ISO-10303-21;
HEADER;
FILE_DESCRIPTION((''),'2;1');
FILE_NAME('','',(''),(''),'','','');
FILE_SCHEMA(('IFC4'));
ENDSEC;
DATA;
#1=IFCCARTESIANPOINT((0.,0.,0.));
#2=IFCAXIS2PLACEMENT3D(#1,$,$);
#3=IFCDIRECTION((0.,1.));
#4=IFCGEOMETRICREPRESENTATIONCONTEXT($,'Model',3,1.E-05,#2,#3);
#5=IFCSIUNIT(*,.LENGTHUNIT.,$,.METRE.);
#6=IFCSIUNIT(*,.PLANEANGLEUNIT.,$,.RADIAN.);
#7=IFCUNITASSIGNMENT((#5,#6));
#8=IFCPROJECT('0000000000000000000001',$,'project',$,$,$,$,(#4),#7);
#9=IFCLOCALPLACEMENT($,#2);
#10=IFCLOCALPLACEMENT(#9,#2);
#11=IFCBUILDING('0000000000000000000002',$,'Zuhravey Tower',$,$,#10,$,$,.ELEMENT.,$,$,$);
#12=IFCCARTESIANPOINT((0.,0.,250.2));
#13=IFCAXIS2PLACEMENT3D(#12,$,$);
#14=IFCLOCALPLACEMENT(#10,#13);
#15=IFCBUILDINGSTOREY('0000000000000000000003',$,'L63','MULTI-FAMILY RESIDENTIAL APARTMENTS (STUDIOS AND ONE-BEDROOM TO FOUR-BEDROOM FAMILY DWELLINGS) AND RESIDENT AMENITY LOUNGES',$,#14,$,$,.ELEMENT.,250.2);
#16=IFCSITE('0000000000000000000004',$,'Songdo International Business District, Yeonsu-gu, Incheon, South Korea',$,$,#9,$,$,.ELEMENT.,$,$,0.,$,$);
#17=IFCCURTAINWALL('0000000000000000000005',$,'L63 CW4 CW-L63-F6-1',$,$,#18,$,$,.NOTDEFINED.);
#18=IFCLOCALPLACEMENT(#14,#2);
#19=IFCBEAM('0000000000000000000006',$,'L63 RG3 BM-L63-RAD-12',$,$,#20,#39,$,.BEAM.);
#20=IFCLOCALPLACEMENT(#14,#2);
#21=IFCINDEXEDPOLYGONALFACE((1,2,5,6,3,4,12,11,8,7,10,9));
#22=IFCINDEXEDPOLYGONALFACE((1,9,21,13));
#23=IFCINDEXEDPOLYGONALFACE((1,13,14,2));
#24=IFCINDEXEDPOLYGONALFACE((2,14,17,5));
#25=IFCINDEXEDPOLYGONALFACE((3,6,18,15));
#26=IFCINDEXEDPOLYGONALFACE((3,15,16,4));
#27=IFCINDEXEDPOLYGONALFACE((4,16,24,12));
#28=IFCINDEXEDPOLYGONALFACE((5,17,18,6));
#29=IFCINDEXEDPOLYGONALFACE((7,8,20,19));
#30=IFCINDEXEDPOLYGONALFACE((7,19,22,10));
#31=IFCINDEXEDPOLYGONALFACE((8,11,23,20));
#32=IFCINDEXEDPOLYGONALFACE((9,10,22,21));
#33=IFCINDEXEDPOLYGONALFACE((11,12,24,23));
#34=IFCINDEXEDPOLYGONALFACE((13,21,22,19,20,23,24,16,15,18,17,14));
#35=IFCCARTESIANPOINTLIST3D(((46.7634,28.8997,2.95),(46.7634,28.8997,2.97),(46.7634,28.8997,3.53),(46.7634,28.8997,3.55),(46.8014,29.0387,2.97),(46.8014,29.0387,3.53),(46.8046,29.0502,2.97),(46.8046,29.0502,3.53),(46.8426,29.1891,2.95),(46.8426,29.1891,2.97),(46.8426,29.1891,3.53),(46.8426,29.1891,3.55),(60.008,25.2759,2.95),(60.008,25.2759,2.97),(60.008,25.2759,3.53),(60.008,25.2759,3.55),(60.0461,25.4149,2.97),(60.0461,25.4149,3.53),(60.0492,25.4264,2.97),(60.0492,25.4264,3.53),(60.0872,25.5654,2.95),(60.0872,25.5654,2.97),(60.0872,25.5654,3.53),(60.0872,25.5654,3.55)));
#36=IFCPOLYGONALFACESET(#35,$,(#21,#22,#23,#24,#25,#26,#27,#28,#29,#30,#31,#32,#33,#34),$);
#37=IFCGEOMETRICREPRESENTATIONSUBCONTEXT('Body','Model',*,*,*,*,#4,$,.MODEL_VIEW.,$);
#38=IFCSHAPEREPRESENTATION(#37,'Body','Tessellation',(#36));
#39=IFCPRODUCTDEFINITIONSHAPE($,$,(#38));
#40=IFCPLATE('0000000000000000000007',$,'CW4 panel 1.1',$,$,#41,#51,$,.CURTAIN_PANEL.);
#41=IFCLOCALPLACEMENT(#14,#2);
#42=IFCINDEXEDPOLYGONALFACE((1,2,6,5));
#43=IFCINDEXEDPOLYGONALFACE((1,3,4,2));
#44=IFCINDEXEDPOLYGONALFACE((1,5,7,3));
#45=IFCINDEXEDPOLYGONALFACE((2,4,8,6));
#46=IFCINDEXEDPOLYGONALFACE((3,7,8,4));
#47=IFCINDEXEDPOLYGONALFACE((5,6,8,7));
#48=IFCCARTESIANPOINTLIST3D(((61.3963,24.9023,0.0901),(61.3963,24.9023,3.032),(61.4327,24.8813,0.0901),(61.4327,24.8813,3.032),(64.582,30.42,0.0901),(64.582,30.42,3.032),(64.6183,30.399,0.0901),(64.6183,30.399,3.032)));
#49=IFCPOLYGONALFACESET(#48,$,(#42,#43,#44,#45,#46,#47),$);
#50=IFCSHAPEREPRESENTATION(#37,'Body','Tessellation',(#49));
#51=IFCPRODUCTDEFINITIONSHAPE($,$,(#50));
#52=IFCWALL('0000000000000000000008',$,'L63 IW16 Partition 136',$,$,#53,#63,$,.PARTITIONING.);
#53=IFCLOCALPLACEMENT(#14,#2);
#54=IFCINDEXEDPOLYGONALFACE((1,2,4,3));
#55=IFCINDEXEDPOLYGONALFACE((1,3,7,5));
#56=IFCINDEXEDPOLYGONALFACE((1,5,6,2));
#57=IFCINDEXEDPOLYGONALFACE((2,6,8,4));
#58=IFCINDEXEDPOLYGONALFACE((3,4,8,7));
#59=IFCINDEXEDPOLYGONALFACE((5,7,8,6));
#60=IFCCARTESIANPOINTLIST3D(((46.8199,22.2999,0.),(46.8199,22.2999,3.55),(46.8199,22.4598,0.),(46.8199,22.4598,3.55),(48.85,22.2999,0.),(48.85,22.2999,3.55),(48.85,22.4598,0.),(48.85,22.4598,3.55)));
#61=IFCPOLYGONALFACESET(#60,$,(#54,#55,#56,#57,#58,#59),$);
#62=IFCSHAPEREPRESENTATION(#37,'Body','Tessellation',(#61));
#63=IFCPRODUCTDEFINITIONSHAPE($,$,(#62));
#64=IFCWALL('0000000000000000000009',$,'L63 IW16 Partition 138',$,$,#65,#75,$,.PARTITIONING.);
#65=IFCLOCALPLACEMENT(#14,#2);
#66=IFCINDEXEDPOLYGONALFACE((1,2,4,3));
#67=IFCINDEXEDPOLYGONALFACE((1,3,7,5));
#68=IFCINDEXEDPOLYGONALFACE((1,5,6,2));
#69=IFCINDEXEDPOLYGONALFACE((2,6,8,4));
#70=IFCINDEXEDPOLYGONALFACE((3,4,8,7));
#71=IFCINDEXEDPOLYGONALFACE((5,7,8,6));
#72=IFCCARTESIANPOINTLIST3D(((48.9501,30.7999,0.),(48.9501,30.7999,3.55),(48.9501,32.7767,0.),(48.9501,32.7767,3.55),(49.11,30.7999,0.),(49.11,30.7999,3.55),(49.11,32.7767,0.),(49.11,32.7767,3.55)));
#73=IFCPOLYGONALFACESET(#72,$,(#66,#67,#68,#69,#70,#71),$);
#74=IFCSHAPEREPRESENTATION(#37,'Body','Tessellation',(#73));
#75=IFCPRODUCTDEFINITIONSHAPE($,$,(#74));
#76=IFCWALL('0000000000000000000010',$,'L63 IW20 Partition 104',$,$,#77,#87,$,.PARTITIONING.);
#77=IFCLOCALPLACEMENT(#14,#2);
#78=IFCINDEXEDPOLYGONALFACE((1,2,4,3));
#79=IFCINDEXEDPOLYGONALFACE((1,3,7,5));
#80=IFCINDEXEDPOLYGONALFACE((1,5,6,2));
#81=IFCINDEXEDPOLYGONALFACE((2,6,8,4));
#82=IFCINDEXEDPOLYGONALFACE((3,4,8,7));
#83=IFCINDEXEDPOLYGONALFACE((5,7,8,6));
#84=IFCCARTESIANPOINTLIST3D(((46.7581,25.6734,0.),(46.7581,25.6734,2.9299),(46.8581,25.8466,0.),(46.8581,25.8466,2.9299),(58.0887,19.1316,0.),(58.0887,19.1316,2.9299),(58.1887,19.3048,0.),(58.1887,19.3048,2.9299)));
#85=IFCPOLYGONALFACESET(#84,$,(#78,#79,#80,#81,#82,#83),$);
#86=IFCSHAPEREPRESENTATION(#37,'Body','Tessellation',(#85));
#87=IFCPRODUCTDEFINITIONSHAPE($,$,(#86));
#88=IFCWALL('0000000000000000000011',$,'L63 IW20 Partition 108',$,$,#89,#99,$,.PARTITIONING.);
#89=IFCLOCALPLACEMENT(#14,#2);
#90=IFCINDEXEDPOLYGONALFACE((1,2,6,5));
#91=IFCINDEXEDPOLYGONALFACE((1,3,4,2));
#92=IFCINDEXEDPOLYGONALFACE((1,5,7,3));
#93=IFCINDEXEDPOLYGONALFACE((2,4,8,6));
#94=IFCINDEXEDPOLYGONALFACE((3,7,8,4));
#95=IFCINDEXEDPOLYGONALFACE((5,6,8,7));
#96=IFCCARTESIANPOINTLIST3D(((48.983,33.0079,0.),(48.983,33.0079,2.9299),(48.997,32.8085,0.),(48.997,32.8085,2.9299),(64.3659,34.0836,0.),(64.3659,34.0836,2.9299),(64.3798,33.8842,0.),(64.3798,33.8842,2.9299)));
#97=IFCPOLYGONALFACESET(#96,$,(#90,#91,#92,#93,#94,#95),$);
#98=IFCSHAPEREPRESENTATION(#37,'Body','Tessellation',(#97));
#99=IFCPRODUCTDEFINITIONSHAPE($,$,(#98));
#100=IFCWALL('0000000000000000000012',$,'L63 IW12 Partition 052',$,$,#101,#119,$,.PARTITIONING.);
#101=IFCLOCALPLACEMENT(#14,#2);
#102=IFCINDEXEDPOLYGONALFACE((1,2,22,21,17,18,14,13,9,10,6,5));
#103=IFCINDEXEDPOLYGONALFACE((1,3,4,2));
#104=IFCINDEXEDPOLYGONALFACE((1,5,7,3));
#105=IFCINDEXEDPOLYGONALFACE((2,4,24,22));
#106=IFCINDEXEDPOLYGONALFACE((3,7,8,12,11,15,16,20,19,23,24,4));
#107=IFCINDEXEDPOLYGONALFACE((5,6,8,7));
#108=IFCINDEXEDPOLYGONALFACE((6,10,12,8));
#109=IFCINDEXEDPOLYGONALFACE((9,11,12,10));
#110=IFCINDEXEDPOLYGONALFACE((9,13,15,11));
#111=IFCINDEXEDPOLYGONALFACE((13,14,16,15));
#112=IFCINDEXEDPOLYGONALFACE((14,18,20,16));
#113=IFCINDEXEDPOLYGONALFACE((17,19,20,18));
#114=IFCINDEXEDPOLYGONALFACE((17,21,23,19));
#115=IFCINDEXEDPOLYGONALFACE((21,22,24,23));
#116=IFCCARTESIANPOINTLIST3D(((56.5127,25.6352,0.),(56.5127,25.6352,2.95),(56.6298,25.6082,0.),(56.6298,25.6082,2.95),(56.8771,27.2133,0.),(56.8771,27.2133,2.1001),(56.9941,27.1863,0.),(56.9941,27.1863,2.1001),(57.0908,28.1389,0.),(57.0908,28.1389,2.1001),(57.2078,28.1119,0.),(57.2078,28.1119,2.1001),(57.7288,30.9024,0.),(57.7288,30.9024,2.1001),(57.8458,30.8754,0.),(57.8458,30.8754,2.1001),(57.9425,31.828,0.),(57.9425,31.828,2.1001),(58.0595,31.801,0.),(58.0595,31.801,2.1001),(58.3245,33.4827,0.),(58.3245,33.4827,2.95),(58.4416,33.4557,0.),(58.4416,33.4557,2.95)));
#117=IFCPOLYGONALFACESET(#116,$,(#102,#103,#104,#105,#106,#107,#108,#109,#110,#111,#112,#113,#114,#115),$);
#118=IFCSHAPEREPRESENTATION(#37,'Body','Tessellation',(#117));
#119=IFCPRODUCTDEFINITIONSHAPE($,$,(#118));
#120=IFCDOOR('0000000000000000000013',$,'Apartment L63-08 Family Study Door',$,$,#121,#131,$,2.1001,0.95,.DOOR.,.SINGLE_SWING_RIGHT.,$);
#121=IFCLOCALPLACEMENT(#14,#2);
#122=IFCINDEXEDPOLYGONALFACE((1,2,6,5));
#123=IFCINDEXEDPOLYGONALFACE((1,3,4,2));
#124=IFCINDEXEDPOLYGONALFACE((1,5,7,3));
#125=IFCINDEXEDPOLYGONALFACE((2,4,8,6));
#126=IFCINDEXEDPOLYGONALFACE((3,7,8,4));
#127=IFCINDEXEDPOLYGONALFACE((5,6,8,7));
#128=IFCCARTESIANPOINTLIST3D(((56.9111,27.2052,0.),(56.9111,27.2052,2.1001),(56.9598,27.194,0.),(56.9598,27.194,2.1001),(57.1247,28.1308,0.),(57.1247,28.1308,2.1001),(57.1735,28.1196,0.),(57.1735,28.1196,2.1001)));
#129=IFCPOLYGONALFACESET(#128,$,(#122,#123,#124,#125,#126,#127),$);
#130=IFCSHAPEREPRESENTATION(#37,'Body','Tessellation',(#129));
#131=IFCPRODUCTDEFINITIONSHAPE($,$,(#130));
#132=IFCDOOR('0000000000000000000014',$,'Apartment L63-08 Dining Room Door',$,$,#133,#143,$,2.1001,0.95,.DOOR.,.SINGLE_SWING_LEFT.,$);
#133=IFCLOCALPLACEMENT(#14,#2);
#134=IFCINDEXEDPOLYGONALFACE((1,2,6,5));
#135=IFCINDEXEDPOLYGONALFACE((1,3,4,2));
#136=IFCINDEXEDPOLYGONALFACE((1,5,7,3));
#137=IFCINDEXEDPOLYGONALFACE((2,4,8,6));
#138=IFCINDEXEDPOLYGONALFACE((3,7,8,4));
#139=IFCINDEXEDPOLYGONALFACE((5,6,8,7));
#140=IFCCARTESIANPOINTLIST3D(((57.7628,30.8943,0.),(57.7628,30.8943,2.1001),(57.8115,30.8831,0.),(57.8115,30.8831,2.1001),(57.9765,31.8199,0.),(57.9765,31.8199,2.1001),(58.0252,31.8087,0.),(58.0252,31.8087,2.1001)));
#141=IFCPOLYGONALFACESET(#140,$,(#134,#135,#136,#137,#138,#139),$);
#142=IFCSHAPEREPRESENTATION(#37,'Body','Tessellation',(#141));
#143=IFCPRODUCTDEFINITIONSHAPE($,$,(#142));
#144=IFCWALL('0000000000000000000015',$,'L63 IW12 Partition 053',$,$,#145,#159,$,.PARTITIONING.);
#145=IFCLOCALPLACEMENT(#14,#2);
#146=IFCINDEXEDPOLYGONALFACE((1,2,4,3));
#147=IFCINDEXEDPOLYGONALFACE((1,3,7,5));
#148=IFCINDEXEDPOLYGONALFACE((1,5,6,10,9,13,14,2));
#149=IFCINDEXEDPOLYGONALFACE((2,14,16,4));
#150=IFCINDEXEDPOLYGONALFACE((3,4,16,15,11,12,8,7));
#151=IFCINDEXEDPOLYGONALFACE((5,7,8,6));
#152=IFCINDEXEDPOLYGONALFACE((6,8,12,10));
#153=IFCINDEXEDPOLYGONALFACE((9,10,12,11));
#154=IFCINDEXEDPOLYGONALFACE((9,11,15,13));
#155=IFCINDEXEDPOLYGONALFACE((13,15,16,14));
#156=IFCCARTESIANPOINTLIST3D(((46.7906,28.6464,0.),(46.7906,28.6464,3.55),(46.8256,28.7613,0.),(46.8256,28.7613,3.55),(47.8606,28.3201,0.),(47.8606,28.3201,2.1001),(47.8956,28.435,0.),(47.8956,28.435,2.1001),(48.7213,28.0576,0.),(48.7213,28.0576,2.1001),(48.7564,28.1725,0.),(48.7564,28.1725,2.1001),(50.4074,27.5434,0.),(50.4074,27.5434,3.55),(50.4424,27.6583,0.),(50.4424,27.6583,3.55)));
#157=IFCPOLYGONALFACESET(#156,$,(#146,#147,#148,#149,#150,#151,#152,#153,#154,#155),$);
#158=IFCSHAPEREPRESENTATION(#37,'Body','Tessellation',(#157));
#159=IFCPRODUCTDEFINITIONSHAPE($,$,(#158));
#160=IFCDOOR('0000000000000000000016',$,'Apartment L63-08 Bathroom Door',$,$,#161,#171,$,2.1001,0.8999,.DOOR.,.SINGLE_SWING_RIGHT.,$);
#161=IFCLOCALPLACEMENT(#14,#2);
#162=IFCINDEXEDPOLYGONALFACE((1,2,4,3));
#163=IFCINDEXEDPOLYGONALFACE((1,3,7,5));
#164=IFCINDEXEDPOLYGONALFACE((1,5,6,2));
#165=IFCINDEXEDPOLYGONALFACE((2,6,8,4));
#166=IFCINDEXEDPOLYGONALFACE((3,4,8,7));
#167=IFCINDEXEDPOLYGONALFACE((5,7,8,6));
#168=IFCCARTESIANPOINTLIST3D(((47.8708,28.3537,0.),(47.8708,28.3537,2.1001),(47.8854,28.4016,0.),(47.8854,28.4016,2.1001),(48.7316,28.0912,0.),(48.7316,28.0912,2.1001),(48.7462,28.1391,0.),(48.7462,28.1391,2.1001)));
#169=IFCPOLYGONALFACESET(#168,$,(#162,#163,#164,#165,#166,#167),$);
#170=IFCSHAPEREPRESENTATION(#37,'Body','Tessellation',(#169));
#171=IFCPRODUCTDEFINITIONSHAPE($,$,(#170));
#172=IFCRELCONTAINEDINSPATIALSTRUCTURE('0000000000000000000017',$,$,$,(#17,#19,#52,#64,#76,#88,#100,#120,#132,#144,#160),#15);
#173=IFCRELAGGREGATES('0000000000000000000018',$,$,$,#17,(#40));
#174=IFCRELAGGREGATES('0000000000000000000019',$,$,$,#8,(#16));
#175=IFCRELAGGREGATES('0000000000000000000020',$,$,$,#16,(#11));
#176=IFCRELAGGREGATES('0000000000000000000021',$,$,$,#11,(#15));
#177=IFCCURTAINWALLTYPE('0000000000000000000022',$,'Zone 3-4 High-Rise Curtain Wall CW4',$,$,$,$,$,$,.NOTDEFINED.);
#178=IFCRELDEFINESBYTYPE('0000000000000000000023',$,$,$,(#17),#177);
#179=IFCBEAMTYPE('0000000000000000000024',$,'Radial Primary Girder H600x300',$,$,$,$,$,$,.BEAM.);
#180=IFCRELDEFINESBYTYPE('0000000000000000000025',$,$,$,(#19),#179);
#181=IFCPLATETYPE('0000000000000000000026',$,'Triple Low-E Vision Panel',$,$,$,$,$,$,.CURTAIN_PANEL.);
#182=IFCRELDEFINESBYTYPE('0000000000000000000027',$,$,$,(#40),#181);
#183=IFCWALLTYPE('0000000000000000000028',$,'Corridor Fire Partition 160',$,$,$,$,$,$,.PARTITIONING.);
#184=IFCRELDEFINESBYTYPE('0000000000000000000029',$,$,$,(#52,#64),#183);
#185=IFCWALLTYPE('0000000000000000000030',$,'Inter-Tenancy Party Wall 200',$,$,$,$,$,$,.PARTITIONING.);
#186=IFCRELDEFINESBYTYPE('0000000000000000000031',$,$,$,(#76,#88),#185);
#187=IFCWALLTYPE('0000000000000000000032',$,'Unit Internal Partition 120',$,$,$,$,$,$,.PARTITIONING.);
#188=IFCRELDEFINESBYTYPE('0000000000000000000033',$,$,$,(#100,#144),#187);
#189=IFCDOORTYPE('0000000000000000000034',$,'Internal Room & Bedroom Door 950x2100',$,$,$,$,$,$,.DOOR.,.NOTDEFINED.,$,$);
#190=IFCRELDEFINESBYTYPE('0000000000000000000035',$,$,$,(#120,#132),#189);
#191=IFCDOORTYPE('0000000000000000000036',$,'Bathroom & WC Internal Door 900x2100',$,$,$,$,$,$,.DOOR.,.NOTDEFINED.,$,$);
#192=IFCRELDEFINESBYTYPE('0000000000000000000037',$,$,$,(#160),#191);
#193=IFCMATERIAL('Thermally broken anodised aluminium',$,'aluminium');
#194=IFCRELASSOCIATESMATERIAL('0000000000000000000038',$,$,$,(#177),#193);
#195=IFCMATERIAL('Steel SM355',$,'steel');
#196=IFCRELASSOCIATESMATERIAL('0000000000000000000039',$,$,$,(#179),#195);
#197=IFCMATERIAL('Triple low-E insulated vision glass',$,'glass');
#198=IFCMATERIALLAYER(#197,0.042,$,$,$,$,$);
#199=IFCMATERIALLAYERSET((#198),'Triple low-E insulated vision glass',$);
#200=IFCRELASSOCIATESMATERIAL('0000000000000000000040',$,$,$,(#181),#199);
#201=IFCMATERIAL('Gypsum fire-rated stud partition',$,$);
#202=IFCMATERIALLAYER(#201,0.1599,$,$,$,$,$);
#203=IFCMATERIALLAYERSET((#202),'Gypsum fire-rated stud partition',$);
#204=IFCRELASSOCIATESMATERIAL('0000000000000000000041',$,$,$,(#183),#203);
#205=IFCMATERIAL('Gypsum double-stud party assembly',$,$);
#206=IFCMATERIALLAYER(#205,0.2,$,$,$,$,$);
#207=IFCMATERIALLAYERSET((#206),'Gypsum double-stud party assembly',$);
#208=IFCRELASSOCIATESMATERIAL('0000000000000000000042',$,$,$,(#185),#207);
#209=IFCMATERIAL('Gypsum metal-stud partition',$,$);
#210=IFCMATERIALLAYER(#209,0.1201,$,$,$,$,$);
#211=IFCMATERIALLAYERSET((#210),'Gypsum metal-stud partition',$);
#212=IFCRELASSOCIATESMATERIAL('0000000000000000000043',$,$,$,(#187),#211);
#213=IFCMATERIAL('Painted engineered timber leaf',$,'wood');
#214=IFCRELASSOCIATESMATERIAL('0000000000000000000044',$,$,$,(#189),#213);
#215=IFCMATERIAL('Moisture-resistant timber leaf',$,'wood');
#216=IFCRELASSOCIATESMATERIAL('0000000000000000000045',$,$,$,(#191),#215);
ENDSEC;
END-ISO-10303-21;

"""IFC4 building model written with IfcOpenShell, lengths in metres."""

from ifc_helpers import new_model, si_unit, direction, frame, frame_2d, origin, origin_2d, place, context, subcontext, project, spatial, rectangle, i_section, extrude, material, layer, layer_set, material_profile, profile_set, type_object, element, fill, aggregate, save


model = new_model("IFC4")

# Units and contexts
model_context = context("Model", 3, precision=1e-05, world=origin(), true_north=direction((0.0, 1.0)))
body_context = subcontext(model_context, "Body", "Model", "MODEL_VIEW")
ifc_project = project(units=[si_unit("LENGTHUNIT", "METRE"), si_unit("PLANEANGLEUNIT", "RADIAN")], contexts=[model_context])

# Site, building, storey
site_placement = place(None, origin())
site = spatial("IfcSite", under=ifc_project, at=site_placement, Name="Songdo International Business District, Yeonsu-gu, Incheon, South Korea", CompositionType="ELEMENT", RefElevation=0.0)
building_placement = place(site_placement, origin())
building = spatial("IfcBuilding", under=site, at=building_placement, Name="Zuhravey Tower", CompositionType="ELEMENT")
storey_placement = place(building_placement, frame((0.0, 0.0, 250.2)))
storey = spatial("IfcBuildingStorey", under=building, at=storey_placement, Name="L63", Description="MULTI-FAMILY RESIDENTIAL APARTMENTS (STUDIOS AND ONE-BEDROOM TO FOUR-BEDROOM FAMILY DWELLINGS) AND RESIDENT AMENITY LOUNGES", CompositionType="ELEMENT", Elevation=250.2)

# Curtain wall
ifc_material_1 = material(Name="Thermally broken anodised aluminium", Category="aluminium")
curtain_wall_type = type_object("IfcCurtainWallType", Name="Zone 3-4 High-Rise Curtain Wall CW4", PredefinedType="NOTDEFINED", material=ifc_material_1)
curtain_wall_placement = place(storey_placement, origin())
curtain_wall = element("IfcCurtainWall", 1, at=curtain_wall_placement, inside=storey, type_object=curtain_wall_type, Name="L63 CW4 CW-L63-F6-1", PredefinedType="NOTDEFINED")

# Beam
ifc_material_2 = material(Name="Steel SM355", Category="steel")
ifc_material_profile_1 = material_profile(ifc_material_2, i_section(OverallWidth=0.3, OverallDepth=0.6001, WebThickness=0.012, FlangeThickness=0.02, at=origin_2d()), Name="H-600x300x12x20")
ifc_profile_set_1 = profile_set([ifc_material_profile_1], Name="Steel SM355")
beam_type_1 = type_object("IfcBeamType", Name="Radial Primary Girder H600x300", PredefinedType="BEAM", material=ifc_profile_set_1)
beam_1_placement = place(storey_placement, frame((46.803, 29.0444, 3.25), z_axis=(0.964549, -0.263904, 0.0), x_axis=(0.263904, 0.964549, 0.0)))
element("IfcBeam", 2, at=beam_1_placement, inside=storey, type_object=beam_type_1, Name="L63 RG3 BM-L63-RAD-12", PredefinedType="BEAM", context=body_context, shape_type="SweptSolid", body=[
    extrude(i_section(OverallWidth=0.3, OverallDepth=0.6001, WebThickness=0.012, FlangeThickness=0.02, at=origin_2d()), origin(), (0.0, 0.0, 1.0), 13.7314),
])

# Plate
ifc_material_3 = material(Name="Triple low-E insulated vision glass", Category="glass")
ifc_layer_1 = layer(ifc_material_3, 0.042)
ifc_layer_set_1 = layer_set([ifc_layer_1], Name="Triple low-E insulated vision glass")
plate_type = type_object("IfcPlateType", Name="Triple Low-E Vision Panel", PredefinedType="CURTAIN_PANEL", material=ifc_layer_set_1)
plate_placement = place(storey_placement, frame((63.0073, 27.6506, 0.0901), z_axis=(0.0, 0.0, 1.0), x_axis=(-0.500001, -0.866025, 0.0)))
plate = element("IfcPlate", 3, at=plate_placement, type_object=plate_type, Name="CW4 panel 1.1", PredefinedType="CURTAIN_PANEL", context=body_context, shape_type="SweptSolid", body=[
    extrude(rectangle(XDim=6.3713, YDim=0.042, at=origin_2d()), origin(), (0.0, 0.0, 1.0), 2.9419),
])
aggregate(curtain_wall, [plate])

# Shared definitions
ifc_material_4 = material(Name="Gypsum fire-rated stud partition")
ifc_layer_2 = layer(ifc_material_4, 0.1599)
ifc_layer_set_2 = layer_set([ifc_layer_2], Name="Gypsum fire-rated stud partition")
wall_type_1 = type_object("IfcWallType", Name="Corridor Fire Partition 160", PredefinedType="PARTITIONING", material=ifc_layer_set_2)

# Walls
wall_1_placement = place(storey_placement, frame((48.8501, 22.3799, 0.0), z_axis=(0.0, 0.0, 1.0), x_axis=(-1.0, 0.0, 0.0)))
element("IfcWall", 4, at=wall_1_placement, inside=storey, type_object=wall_type_1, Name="L63 IW16 Partition 136", PredefinedType="PARTITIONING", context=body_context, shape_type="SweptSolid", body=[
    extrude(rectangle(XDim=2.03, YDim=0.1599, at=frame_2d((1.0151, 0.0))), origin(), (0.0, 0.0, 1.0), 3.55),
])
wall_2_placement = place(storey_placement, frame((49.03, 30.8, 0.0), z_axis=(0.0, 0.0, 1.0), x_axis=(0.0, 1.0, 0.0)))
element("IfcWall", 5, at=wall_2_placement, inside=storey, type_object=wall_type_1, Name="L63 IW16 Partition 138", PredefinedType="PARTITIONING", context=body_context, shape_type="SweptSolid", body=[
    extrude(rectangle(XDim=1.9768, YDim=0.1599, at=frame_2d((0.9883, 0.0))), origin(), (0.0, 0.0, 1.0), 3.55),
])
ifc_material_5 = material(Name="Gypsum double-stud party assembly")
ifc_layer_3 = layer(ifc_material_5, 0.2)
ifc_layer_set_3 = layer_set([ifc_layer_3], Name="Gypsum double-stud party assembly")
wall_type_2 = type_object("IfcWallType", Name="Inter-Tenancy Party Wall 200", PredefinedType="PARTITIONING", material=ifc_layer_set_3)
wall_3_placement = place(storey_placement, frame((46.8081, 25.76, 0.0), z_axis=(0.0, 0.0, 1.0), x_axis=(0.866024, -0.500002, 0.0)))
element("IfcWall", 6, at=wall_3_placement, inside=storey, type_object=wall_type_2, Name="L63 IW20 Partition 104", PredefinedType="PARTITIONING", context=body_context, shape_type="SweptSolid", body=[
    extrude(rectangle(XDim=13.0835, YDim=0.2, at=frame_2d((6.5417, 0.0))), origin(), (0.0, 0.0, 1.0), 2.9299),
])
wall_4_placement = place(storey_placement, frame((48.99, 32.9082, 0.0), z_axis=(0.0, 0.0, 1.0), x_axis=(0.997564, 0.069757, 0.0)))
element("IfcWall", 7, at=wall_4_placement, inside=storey, type_object=wall_type_2, Name="L63 IW20 Partition 108", PredefinedType="PARTITIONING", context=body_context, shape_type="SweptSolid", body=[
    extrude(rectangle(XDim=15.4204, YDim=0.2, at=frame_2d((7.7102, 0.0))), origin(), (0.0, 0.0, 1.0), 2.9299),
])

# Wall, openings, doors
ifc_material_6 = material(Name="Gypsum metal-stud partition")
ifc_layer_4 = layer(ifc_material_6, 0.1201)
ifc_layer_set_4 = layer_set([ifc_layer_4], Name="Gypsum metal-stud partition")
wall_type_3 = type_object("IfcWallType", Name="Unit Internal Partition 120", PredefinedType="PARTITIONING", material=ifc_layer_set_4)
wall_5_placement = place(storey_placement, frame((56.5713, 25.6218, 0.0), z_axis=(0.0, 0.0, 1.0), x_axis=(0.224957, 0.974369, 0.0)))
wall_5 = element("IfcWall", 8, at=wall_5_placement, inside=storey, type_object=wall_type_3, Name="L63 IW12 Partition 052", PredefinedType="PARTITIONING", context=body_context, shape_type="SweptSolid", body=[
    extrude(rectangle(XDim=8.054, YDim=0.1201, at=frame_2d((4.0269, 0.0))), origin(), (0.0, 0.0, 1.0), 2.95),
])
opening_1_placement = place(wall_5_placement, frame((1.6194, 0.0, 0.0)))
opening_1 = element("IfcOpeningElement", 9, at=opening_1_placement, cuts=wall_5, PredefinedType="OPENING", context=body_context, shape_type="SweptSolid", body=[
    extrude(rectangle(XDim=0.95, YDim=2.1001, at=frame_2d((0.4751, 1.05))), frame((0.0, 0.072, 0.0), z_axis=(0.0, -1.0, 0.0), x_axis=(1.0, 0.0, 0.0)), (0.0, 0.0, 1.0), 0.144),
])
opening_2_placement = place(wall_5_placement, frame((5.4055, 0.0, 0.0)))
opening_2 = element("IfcOpeningElement", 10, at=opening_2_placement, cuts=wall_5, PredefinedType="OPENING", context=body_context, shape_type="SweptSolid", body=[
    extrude(rectangle(XDim=0.95, YDim=2.1001, at=frame_2d((0.4751, 1.05))), frame((0.0, 0.072, 0.0), z_axis=(0.0, -1.0, 0.0), x_axis=(1.0, 0.0, 0.0)), (0.0, 0.0, 1.0), 0.144),
])
ifc_material_7 = material(Name="Painted engineered timber leaf", Category="wood")
door_type_1 = type_object("IfcDoorType", Name="Internal Room & Bedroom Door 950x2100", OperationType="NOTDEFINED", PredefinedType="DOOR", material=ifc_material_7)
door_1_placement = place(opening_1_placement, frame((0.95, 0.0, 0.0), z_axis=(0.0, 0.0, 1.0), x_axis=(-1.0, 0.0, 0.0)))
door_1 = element("IfcDoor", 11, at=door_1_placement, inside=storey, type_object=door_type_1, Name="Apartment L63-08 Family Study Door", OperationType="SINGLE_SWING_RIGHT", OverallHeight=2.1001, OverallWidth=0.95, PredefinedType="DOOR", context=body_context, shape_type="SweptSolid", body=[
    extrude(rectangle(XDim=0.95, YDim=2.1001, at=frame_2d((0.4751, 1.05))), frame((0.0, 0.0249, 0.0), z_axis=(0.0, -1.0, 0.0), x_axis=(1.0, 0.0, 0.0)), (0.0, 0.0, 1.0), 0.05),
])
fill(opening_1, door_1)
door_2_placement = place(opening_2_placement, frame((0.95, 0.0, 0.0), z_axis=(0.0, 0.0, 1.0), x_axis=(-1.0, 0.0, 0.0)))
door_2 = element("IfcDoor", 12, at=door_2_placement, inside=storey, type_object=door_type_1, Name="Apartment L63-08 Dining Room Door", OperationType="SINGLE_SWING_LEFT", OverallHeight=2.1001, OverallWidth=0.95, PredefinedType="DOOR", context=body_context, shape_type="SweptSolid", body=[
    extrude(rectangle(XDim=0.95, YDim=2.1001, at=frame_2d((0.4751, 1.05))), frame((0.0, 0.0249, 0.0), z_axis=(0.0, -1.0, 0.0), x_axis=(1.0, 0.0, 0.0)), (0.0, 0.0, 1.0), 0.05),
])
fill(opening_2, door_2)

# Wall, opening, door
wall_6_placement = place(storey_placement, frame((46.8081, 28.7039, 0.0), z_axis=(0.0, 0.0, 1.0), x_axis=(0.956505, -0.291717, 0.0)))
wall_6 = element("IfcWall", 13, at=wall_6_placement, inside=storey, type_object=wall_type_3, Name="L63 IW12 Partition 053", PredefinedType="PARTITIONING", context=body_context, shape_type="SweptSolid", body=[
    extrude(rectangle(XDim=3.7812, YDim=0.1201, at=frame_2d((1.8906, 0.0))), origin(), (0.0, 0.0, 1.0), 3.55),
])
opening_3_placement = place(wall_6_placement, frame((1.1187, 0.0, 0.0)))
opening_3 = element("IfcOpeningElement", 14, at=opening_3_placement, cuts=wall_6, PredefinedType="OPENING", context=body_context, shape_type="SweptSolid", body=[
    extrude(rectangle(XDim=0.8999, YDim=2.1001, at=frame_2d((0.45, 1.05))), frame((0.0, 0.072, 0.0), z_axis=(0.0, -1.0, 0.0), x_axis=(1.0, 0.0, 0.0)), (0.0, 0.0, 1.0), 0.144),
])
ifc_material_8 = material(Name="Moisture-resistant timber leaf", Category="wood")
door_type_2 = type_object("IfcDoorType", Name="Bathroom & WC Internal Door 900x2100", OperationType="NOTDEFINED", PredefinedType="DOOR", material=ifc_material_8)
door_3_placement = place(opening_3_placement, frame((0.8999, 0.0, 0.0), z_axis=(0.0, 0.0, 1.0), x_axis=(-1.0, 0.0, 0.0)))
door_3 = element("IfcDoor", 15, at=door_3_placement, inside=storey, type_object=door_type_2, Name="Apartment L63-08 Bathroom Door", OperationType="SINGLE_SWING_RIGHT", OverallHeight=2.1001, OverallWidth=0.8999, PredefinedType="DOOR", context=body_context, shape_type="SweptSolid", body=[
    extrude(rectangle(XDim=0.8999, YDim=2.1001, at=frame_2d((0.45, 1.05))), frame((0.0, 0.0249, 0.0), z_axis=(0.0, -1.0, 0.0), x_axis=(1.0, 0.0, 0.0)), (0.0, 0.0, 1.0), 0.05),
])
fill(opening_3, door_3)

save(model, "model.ifc")
